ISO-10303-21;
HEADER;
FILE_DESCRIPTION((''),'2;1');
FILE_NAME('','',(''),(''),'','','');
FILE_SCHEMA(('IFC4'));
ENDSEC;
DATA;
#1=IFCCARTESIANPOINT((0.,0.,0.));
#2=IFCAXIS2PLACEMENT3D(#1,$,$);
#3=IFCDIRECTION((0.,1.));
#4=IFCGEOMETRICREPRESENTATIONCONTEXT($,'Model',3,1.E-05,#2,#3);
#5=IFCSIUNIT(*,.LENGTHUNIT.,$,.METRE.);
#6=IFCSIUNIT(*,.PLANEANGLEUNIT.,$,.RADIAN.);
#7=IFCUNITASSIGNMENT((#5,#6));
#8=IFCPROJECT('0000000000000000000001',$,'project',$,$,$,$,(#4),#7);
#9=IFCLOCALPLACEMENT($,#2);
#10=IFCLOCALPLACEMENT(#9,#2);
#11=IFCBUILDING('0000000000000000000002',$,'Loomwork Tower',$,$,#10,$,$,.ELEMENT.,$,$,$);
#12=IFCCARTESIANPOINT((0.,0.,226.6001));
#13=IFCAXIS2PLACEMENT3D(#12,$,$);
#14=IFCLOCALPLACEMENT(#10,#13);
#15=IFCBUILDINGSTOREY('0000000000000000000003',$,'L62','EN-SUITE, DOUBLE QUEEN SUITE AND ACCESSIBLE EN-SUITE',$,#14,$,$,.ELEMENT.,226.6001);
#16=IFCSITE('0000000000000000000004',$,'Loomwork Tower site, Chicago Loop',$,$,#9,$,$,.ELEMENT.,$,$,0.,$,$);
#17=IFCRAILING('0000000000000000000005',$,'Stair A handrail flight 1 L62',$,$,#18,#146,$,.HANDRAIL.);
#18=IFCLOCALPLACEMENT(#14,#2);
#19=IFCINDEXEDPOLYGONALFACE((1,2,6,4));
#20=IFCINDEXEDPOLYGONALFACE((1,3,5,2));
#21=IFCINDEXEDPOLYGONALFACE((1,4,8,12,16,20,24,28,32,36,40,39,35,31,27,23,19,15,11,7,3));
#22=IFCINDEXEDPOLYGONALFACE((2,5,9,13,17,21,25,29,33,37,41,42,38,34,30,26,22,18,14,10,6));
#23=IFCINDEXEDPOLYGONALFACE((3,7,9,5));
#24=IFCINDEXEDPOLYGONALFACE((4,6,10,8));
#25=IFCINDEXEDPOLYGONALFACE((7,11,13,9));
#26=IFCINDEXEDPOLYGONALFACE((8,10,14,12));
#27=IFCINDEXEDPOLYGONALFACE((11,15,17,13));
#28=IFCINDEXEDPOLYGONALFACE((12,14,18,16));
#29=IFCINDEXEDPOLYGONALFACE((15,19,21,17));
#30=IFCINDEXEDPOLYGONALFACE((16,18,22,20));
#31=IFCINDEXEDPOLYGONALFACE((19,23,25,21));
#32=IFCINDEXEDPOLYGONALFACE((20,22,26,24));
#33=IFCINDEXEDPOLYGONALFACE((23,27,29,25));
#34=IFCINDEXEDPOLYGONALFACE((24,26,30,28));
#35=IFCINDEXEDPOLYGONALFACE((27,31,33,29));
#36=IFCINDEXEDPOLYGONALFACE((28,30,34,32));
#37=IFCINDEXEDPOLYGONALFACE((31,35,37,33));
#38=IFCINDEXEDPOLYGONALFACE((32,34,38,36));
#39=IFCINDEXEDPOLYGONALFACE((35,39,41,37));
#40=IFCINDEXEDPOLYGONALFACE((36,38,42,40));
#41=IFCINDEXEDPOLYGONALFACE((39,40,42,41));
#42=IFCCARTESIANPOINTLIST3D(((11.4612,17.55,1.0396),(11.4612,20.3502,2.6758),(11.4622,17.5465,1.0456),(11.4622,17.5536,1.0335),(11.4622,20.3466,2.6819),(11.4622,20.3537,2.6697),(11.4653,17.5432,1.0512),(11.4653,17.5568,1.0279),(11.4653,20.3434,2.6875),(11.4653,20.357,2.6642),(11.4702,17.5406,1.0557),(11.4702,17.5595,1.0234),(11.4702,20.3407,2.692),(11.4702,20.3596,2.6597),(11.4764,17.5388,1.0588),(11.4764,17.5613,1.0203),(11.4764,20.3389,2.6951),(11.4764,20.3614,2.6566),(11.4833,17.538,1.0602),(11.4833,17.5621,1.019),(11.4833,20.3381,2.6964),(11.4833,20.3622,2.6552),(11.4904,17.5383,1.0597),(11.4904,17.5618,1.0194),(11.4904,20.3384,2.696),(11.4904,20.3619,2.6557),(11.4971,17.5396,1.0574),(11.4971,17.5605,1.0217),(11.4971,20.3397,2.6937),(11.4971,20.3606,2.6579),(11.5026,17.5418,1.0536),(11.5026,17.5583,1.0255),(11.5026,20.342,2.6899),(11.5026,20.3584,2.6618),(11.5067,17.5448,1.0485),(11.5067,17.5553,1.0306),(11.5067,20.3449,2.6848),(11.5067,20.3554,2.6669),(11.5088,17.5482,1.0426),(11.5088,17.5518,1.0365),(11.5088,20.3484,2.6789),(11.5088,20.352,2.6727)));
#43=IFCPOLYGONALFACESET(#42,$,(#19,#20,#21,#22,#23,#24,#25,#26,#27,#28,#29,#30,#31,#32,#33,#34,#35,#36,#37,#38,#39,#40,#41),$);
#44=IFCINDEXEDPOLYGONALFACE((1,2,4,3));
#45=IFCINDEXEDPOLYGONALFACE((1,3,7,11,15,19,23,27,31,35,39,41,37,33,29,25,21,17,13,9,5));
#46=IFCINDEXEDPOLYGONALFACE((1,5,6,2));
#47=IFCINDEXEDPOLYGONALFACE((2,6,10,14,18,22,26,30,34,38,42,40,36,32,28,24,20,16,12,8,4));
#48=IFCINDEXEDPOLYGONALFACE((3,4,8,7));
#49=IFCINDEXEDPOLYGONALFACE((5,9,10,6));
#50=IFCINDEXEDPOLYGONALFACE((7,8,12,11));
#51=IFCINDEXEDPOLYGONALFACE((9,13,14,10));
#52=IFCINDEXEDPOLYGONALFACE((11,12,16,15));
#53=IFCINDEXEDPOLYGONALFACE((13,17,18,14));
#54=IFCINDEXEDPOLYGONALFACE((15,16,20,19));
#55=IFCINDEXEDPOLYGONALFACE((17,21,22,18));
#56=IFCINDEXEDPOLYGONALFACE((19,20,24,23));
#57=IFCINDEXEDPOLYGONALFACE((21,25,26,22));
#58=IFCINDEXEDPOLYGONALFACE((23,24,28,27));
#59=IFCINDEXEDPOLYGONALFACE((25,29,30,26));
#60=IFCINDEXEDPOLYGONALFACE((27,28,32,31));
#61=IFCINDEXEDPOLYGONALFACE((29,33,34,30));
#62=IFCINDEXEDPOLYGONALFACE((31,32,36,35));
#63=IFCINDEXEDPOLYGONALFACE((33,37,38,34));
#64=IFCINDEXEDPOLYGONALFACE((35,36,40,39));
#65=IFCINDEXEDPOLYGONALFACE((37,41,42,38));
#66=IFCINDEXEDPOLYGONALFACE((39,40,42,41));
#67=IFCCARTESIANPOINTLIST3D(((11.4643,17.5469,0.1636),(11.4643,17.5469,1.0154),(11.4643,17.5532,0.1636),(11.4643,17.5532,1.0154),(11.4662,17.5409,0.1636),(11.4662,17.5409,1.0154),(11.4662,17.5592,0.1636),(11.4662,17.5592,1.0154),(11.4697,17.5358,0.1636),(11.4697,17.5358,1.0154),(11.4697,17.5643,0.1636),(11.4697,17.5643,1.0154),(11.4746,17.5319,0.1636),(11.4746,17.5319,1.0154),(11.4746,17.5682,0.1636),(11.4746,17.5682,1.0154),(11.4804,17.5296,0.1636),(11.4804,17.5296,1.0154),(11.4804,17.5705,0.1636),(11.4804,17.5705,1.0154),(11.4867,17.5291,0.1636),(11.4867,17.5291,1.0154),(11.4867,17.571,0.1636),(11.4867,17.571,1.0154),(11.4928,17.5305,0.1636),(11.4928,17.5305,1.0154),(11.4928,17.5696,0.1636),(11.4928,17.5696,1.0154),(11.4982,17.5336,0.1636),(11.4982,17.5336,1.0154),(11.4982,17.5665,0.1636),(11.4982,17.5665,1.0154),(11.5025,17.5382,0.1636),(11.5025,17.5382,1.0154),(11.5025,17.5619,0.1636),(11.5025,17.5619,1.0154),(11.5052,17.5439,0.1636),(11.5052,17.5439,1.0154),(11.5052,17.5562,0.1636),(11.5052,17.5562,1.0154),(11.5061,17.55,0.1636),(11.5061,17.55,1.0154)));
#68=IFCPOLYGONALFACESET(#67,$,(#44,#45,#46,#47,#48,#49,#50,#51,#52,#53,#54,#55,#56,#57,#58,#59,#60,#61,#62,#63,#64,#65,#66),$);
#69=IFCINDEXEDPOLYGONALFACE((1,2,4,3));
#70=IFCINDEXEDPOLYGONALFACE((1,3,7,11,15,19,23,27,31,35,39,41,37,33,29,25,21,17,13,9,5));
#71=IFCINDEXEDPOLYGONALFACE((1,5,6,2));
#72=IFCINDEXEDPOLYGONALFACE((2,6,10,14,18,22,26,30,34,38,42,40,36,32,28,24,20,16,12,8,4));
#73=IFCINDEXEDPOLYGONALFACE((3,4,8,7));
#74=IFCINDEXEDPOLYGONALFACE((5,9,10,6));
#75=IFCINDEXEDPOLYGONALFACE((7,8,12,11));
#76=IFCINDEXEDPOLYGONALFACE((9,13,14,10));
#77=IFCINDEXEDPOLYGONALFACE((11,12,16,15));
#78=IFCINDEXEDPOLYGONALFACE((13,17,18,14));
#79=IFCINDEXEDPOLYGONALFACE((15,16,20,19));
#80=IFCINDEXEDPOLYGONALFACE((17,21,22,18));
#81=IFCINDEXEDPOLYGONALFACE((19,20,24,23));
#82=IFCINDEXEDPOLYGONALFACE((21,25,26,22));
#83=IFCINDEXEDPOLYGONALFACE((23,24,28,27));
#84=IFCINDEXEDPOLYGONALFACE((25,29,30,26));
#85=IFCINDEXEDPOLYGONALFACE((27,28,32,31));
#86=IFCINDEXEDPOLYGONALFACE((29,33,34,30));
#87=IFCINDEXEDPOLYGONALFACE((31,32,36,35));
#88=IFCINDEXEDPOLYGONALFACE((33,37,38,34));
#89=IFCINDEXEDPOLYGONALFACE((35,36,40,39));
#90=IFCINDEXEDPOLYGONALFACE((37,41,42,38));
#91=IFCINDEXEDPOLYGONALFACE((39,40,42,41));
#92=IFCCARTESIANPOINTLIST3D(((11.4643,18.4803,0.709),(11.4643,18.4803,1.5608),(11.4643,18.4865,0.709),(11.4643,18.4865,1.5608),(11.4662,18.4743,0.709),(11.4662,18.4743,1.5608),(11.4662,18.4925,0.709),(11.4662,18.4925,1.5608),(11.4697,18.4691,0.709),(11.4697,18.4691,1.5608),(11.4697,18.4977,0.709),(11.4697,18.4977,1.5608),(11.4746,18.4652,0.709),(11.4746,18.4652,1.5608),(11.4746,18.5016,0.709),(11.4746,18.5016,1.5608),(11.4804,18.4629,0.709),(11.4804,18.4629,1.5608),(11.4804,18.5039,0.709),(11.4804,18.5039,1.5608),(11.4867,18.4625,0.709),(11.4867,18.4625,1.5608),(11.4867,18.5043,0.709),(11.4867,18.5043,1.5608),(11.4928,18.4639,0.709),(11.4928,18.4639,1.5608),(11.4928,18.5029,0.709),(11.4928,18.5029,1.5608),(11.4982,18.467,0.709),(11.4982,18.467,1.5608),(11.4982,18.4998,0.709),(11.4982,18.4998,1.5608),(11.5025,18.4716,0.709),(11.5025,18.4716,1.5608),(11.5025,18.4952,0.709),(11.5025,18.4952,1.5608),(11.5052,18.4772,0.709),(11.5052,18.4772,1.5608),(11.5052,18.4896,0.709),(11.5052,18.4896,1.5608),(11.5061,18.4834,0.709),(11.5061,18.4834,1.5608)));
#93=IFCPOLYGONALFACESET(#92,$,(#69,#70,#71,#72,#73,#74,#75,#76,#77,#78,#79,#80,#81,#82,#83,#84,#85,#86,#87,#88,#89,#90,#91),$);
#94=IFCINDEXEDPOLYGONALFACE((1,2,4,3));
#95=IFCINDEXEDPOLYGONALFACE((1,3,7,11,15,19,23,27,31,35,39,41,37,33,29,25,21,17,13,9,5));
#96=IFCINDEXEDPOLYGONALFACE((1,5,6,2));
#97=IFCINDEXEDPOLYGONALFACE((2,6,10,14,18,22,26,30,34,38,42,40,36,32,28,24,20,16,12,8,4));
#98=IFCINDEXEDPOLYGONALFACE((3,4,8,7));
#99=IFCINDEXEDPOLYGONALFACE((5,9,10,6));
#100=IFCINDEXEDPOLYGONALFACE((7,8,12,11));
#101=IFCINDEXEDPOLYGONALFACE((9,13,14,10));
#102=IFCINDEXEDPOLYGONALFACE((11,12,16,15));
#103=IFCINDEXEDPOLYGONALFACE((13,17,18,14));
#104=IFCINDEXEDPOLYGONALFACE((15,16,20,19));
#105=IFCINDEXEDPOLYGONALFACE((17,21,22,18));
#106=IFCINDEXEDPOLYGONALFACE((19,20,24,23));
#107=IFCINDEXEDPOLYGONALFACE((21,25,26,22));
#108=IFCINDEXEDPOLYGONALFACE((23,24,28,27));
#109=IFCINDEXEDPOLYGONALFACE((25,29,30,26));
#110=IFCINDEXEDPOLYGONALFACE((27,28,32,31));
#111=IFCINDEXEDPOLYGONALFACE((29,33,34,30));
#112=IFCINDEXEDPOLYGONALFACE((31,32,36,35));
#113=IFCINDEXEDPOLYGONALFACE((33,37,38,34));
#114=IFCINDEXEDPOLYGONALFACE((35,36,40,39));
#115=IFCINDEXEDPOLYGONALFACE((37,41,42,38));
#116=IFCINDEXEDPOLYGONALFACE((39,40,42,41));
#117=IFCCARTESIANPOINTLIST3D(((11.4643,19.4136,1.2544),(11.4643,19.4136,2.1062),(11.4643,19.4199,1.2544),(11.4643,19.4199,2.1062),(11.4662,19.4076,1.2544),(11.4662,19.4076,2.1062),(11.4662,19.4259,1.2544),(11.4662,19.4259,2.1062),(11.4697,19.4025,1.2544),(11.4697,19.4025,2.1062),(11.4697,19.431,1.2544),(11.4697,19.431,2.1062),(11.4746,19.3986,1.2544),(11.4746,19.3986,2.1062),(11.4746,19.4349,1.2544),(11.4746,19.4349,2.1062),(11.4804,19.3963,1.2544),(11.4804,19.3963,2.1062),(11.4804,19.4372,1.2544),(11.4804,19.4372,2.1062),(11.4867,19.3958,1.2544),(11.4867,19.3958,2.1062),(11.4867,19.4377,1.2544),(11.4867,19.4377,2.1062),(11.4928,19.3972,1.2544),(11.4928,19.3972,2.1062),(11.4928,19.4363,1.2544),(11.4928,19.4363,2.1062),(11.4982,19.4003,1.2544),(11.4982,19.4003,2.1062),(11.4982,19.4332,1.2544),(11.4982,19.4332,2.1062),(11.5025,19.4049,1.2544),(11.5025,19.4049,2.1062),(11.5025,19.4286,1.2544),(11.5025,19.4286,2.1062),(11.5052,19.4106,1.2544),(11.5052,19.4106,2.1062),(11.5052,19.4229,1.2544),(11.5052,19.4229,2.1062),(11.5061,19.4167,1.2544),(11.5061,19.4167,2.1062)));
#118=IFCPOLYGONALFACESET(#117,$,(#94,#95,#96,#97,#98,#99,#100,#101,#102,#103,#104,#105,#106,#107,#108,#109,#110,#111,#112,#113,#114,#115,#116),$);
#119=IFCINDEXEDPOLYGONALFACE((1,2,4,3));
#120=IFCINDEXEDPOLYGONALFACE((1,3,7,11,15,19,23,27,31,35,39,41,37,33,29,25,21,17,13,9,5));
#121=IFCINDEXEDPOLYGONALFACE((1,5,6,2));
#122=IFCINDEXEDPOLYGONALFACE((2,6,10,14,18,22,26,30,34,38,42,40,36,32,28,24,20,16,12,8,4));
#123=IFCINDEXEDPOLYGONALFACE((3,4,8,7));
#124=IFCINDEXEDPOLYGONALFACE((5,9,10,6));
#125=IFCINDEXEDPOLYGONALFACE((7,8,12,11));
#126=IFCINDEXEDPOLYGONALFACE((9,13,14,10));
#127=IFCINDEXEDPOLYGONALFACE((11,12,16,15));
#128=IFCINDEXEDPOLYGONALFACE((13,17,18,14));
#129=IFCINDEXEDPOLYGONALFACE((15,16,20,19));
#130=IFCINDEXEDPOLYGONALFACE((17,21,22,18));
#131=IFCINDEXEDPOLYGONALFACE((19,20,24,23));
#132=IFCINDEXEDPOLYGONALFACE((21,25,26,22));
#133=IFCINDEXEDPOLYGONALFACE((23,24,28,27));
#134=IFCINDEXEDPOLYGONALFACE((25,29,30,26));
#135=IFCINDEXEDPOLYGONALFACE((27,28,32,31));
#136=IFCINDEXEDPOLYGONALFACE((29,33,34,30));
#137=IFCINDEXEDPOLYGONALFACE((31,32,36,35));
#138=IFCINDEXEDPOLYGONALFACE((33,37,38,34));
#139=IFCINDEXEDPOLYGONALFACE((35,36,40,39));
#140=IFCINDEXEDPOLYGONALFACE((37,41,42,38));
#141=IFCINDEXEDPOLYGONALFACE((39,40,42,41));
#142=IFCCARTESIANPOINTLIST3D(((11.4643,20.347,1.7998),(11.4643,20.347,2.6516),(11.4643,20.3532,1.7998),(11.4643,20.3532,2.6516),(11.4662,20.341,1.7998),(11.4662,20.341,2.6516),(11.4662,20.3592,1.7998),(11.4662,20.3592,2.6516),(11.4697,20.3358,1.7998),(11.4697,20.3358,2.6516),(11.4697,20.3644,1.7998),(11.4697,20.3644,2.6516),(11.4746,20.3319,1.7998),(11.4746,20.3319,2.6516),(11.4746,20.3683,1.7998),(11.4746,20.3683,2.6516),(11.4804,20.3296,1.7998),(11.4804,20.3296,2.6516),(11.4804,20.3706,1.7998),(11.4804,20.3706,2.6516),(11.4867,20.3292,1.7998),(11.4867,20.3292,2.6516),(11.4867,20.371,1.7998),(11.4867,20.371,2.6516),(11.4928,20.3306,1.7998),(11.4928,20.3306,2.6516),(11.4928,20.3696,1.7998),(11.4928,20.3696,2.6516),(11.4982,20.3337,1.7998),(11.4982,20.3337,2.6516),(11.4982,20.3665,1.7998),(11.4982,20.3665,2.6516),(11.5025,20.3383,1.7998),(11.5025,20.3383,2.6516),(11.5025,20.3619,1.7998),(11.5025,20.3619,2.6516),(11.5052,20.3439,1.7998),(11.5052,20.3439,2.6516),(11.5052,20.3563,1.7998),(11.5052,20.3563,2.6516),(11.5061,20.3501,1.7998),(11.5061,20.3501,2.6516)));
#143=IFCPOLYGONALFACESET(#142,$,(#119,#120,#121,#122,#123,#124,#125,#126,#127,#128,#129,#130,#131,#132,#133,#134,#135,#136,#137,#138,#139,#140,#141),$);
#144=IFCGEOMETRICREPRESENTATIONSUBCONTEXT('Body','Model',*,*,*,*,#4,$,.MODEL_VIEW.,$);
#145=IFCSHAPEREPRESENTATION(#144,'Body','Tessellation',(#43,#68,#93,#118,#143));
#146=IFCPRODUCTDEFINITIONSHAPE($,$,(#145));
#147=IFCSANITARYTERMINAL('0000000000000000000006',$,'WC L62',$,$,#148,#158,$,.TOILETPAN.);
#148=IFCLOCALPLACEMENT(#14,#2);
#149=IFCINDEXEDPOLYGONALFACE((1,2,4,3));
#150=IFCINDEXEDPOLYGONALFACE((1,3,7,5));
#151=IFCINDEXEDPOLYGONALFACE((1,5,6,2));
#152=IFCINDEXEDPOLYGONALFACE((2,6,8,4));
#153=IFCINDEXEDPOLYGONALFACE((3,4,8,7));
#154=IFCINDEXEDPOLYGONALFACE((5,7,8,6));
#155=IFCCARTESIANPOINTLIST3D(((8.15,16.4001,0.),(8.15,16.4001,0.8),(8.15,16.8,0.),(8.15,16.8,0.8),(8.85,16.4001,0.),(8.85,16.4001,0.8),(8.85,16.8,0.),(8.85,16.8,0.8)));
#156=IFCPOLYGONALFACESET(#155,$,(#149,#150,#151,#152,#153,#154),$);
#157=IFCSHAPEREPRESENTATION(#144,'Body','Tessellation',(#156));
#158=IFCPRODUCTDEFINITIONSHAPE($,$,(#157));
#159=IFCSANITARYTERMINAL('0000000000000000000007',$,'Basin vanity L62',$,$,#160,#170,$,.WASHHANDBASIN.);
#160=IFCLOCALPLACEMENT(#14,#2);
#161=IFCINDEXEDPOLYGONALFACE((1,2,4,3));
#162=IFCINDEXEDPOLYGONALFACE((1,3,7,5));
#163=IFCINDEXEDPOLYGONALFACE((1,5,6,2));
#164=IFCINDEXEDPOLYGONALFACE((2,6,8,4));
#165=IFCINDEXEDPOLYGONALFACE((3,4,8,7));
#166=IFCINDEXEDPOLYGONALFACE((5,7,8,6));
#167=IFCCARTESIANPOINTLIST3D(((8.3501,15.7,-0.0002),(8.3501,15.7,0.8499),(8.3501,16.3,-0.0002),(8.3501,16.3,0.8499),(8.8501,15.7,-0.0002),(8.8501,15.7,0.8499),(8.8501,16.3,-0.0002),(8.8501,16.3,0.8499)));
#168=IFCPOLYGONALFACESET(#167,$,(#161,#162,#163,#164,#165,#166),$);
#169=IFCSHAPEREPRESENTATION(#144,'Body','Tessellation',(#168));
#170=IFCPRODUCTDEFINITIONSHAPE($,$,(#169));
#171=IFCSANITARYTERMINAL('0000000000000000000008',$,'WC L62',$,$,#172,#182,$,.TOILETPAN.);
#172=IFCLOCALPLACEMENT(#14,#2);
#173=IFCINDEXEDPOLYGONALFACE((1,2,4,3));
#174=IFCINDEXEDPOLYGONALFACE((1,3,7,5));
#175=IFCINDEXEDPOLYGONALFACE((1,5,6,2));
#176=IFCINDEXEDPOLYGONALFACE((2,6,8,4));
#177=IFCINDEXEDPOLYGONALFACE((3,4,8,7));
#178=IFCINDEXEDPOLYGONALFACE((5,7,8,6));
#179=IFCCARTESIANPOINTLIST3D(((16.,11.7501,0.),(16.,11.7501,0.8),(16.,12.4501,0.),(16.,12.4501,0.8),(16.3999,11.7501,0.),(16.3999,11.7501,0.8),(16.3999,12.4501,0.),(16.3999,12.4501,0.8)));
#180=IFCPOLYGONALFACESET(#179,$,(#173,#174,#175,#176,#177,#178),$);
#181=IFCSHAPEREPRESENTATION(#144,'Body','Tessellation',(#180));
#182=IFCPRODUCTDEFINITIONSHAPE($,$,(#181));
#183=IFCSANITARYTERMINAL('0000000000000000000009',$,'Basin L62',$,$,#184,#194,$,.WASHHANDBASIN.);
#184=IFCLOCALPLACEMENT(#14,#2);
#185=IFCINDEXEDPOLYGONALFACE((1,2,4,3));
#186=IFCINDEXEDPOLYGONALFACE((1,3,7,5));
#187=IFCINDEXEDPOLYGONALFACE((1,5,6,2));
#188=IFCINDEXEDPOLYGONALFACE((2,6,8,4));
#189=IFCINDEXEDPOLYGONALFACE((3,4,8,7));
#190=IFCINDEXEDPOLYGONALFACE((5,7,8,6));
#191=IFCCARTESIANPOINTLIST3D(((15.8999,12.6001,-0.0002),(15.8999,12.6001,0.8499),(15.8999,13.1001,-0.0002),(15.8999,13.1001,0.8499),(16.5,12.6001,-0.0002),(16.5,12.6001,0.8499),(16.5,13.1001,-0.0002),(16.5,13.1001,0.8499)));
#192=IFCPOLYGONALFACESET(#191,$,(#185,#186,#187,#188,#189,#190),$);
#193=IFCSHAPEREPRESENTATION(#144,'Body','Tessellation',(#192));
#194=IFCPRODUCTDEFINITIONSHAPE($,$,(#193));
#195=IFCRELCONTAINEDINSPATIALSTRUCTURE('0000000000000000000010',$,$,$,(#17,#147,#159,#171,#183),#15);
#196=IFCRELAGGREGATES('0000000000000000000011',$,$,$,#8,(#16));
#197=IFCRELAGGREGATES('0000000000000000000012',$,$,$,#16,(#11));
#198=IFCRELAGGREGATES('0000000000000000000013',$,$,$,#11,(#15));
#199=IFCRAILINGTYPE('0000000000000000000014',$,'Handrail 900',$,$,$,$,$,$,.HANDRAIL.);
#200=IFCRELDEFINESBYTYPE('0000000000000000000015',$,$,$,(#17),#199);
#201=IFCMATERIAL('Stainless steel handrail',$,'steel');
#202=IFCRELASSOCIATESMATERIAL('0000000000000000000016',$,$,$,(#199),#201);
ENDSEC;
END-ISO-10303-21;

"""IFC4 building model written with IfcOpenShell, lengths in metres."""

from ifc_helpers import new_model, si_unit, direction, frame, origin, origin_2d, place, context, subcontext, project, spatial, rectangle, circle, extrude, material, type_object, element, save


model = new_model("IFC4")

# Units and contexts
model_context = context("Model", 3, precision=1e-05, world=origin(), true_north=direction((0.0, 1.0)))
body_context = subcontext(model_context, "Body", "Model", "MODEL_VIEW")
ifc_project = project(units=[si_unit("LENGTHUNIT", "METRE"), si_unit("PLANEANGLEUNIT", "RADIAN")], contexts=[model_context])

# Site, building, storey
site_placement = place(None, origin())
site = spatial("IfcSite", under=ifc_project, at=site_placement, Name="Loomwork Tower site, Chicago Loop", CompositionType="ELEMENT", RefElevation=0.0)
building_placement = place(site_placement, origin())
building = spatial("IfcBuilding", under=site, at=building_placement, Name="Loomwork Tower", CompositionType="ELEMENT")
storey_placement = place(building_placement, frame((0.0, 0.0, 226.6001)))
storey = spatial("IfcBuildingStorey", under=building, at=storey_placement, Name="L62", Description="EN-SUITE, DOUBLE QUEEN SUITE AND ACCESSIBLE EN-SUITE", CompositionType="ELEMENT", Elevation=226.6001)

# Railing
ifc_material_1 = material(Name="Stainless steel handrail", Category="steel")
railing_type = type_object("IfcRailingType", Name="Handrail 900", PredefinedType="HANDRAIL", material=ifc_material_1)
railing_placement = place(storey_placement, frame((11.4851, 17.55, 0.1636)))
element("IfcRailing", 1, at=railing_placement, inside=storey, type_object=railing_type, Name="Stair A handrail flight 1 L62", PredefinedType="HANDRAIL", context=body_context, shape_type="SweptSolid", body=[
    extrude(circle(Radius=0.0239, at=origin_2d()), frame((0.0, 0.0, 0.876), z_axis=(0.0, 0.863394, 0.504531), x_axis=(-1.0, 0.0, 0.0)), (0.0, 0.0, 1.0), 3.2432),
    extrude(circle(Radius=0.021, at=origin_2d()), origin(), (0.0, 0.0, 1.0), 0.8518),
    extrude(circle(Radius=0.021, at=origin_2d()), frame((0.0, 0.9333, 0.5454)), (0.0, 0.0, 1.0), 0.8518),
    extrude(circle(Radius=0.021, at=origin_2d()), frame((0.0, 1.8667, 1.0908)), (0.0, 0.0, 1.0), 0.8518),
    extrude(circle(Radius=0.021, at=origin_2d()), frame((0.0, 2.8, 1.6362)), (0.0, 0.0, 1.0), 0.8518),
])

# Sanitary terminals
sanitary_terminal_1_placement = place(storey_placement, frame((8.5, 16.6001, 0.0), z_axis=(0.0, 0.0, 1.0), x_axis=(1.0, 0.0, 0.0)))
element("IfcSanitaryTerminal", 2, at=sanitary_terminal_1_placement, inside=storey, Name="WC L62", PredefinedType="TOILETPAN", context=body_context, shape_type="SweptSolid", body=[
    extrude(rectangle(XDim=0.7, YDim=0.3999, at=origin_2d()), origin(), (0.0, 0.0, 1.0), 0.8),
])
sanitary_terminal_2_placement = place(storey_placement, frame((8.6001, 16.0, -0.0002), z_axis=(0.0, 0.0, 1.0), x_axis=(1.0, 0.0, 0.0)))
element("IfcSanitaryTerminal", 3, at=sanitary_terminal_2_placement, inside=storey, Name="Basin vanity L62", PredefinedType="WASHHANDBASIN", context=body_context, shape_type="SweptSolid", body=[
    extrude(rectangle(XDim=0.5, YDim=0.6001, at=origin_2d()), origin(), (0.0, 0.0, 1.0), 0.8501),
])
sanitary_terminal_3_placement = place(storey_placement, frame((16.2, 12.1001, 0.0), z_axis=(0.0, 0.0, 1.0), x_axis=(1.0, 0.0, 0.0)))
element("IfcSanitaryTerminal", 4, at=sanitary_terminal_3_placement, inside=storey, Name="WC L62", PredefinedType="TOILETPAN", context=body_context, shape_type="SweptSolid", body=[
    extrude(rectangle(XDim=0.3999, YDim=0.7, at=origin_2d()), origin(), (0.0, 0.0, 1.0), 0.8),
])
sanitary_terminal_4_placement = place(storey_placement, frame((16.2, 12.8501, -0.0002), z_axis=(0.0, 0.0, 1.0), x_axis=(1.0, 0.0, 0.0)))
element("IfcSanitaryTerminal", 5, at=sanitary_terminal_4_placement, inside=storey, Name="Basin L62", PredefinedType="WASHHANDBASIN", context=body_context, shape_type="SweptSolid", body=[
    extrude(rectangle(XDim=0.6001, YDim=0.5, at=origin_2d()), origin(), (0.0, 0.0, 1.0), 0.8501),
])

save(model, "model.ifc")
